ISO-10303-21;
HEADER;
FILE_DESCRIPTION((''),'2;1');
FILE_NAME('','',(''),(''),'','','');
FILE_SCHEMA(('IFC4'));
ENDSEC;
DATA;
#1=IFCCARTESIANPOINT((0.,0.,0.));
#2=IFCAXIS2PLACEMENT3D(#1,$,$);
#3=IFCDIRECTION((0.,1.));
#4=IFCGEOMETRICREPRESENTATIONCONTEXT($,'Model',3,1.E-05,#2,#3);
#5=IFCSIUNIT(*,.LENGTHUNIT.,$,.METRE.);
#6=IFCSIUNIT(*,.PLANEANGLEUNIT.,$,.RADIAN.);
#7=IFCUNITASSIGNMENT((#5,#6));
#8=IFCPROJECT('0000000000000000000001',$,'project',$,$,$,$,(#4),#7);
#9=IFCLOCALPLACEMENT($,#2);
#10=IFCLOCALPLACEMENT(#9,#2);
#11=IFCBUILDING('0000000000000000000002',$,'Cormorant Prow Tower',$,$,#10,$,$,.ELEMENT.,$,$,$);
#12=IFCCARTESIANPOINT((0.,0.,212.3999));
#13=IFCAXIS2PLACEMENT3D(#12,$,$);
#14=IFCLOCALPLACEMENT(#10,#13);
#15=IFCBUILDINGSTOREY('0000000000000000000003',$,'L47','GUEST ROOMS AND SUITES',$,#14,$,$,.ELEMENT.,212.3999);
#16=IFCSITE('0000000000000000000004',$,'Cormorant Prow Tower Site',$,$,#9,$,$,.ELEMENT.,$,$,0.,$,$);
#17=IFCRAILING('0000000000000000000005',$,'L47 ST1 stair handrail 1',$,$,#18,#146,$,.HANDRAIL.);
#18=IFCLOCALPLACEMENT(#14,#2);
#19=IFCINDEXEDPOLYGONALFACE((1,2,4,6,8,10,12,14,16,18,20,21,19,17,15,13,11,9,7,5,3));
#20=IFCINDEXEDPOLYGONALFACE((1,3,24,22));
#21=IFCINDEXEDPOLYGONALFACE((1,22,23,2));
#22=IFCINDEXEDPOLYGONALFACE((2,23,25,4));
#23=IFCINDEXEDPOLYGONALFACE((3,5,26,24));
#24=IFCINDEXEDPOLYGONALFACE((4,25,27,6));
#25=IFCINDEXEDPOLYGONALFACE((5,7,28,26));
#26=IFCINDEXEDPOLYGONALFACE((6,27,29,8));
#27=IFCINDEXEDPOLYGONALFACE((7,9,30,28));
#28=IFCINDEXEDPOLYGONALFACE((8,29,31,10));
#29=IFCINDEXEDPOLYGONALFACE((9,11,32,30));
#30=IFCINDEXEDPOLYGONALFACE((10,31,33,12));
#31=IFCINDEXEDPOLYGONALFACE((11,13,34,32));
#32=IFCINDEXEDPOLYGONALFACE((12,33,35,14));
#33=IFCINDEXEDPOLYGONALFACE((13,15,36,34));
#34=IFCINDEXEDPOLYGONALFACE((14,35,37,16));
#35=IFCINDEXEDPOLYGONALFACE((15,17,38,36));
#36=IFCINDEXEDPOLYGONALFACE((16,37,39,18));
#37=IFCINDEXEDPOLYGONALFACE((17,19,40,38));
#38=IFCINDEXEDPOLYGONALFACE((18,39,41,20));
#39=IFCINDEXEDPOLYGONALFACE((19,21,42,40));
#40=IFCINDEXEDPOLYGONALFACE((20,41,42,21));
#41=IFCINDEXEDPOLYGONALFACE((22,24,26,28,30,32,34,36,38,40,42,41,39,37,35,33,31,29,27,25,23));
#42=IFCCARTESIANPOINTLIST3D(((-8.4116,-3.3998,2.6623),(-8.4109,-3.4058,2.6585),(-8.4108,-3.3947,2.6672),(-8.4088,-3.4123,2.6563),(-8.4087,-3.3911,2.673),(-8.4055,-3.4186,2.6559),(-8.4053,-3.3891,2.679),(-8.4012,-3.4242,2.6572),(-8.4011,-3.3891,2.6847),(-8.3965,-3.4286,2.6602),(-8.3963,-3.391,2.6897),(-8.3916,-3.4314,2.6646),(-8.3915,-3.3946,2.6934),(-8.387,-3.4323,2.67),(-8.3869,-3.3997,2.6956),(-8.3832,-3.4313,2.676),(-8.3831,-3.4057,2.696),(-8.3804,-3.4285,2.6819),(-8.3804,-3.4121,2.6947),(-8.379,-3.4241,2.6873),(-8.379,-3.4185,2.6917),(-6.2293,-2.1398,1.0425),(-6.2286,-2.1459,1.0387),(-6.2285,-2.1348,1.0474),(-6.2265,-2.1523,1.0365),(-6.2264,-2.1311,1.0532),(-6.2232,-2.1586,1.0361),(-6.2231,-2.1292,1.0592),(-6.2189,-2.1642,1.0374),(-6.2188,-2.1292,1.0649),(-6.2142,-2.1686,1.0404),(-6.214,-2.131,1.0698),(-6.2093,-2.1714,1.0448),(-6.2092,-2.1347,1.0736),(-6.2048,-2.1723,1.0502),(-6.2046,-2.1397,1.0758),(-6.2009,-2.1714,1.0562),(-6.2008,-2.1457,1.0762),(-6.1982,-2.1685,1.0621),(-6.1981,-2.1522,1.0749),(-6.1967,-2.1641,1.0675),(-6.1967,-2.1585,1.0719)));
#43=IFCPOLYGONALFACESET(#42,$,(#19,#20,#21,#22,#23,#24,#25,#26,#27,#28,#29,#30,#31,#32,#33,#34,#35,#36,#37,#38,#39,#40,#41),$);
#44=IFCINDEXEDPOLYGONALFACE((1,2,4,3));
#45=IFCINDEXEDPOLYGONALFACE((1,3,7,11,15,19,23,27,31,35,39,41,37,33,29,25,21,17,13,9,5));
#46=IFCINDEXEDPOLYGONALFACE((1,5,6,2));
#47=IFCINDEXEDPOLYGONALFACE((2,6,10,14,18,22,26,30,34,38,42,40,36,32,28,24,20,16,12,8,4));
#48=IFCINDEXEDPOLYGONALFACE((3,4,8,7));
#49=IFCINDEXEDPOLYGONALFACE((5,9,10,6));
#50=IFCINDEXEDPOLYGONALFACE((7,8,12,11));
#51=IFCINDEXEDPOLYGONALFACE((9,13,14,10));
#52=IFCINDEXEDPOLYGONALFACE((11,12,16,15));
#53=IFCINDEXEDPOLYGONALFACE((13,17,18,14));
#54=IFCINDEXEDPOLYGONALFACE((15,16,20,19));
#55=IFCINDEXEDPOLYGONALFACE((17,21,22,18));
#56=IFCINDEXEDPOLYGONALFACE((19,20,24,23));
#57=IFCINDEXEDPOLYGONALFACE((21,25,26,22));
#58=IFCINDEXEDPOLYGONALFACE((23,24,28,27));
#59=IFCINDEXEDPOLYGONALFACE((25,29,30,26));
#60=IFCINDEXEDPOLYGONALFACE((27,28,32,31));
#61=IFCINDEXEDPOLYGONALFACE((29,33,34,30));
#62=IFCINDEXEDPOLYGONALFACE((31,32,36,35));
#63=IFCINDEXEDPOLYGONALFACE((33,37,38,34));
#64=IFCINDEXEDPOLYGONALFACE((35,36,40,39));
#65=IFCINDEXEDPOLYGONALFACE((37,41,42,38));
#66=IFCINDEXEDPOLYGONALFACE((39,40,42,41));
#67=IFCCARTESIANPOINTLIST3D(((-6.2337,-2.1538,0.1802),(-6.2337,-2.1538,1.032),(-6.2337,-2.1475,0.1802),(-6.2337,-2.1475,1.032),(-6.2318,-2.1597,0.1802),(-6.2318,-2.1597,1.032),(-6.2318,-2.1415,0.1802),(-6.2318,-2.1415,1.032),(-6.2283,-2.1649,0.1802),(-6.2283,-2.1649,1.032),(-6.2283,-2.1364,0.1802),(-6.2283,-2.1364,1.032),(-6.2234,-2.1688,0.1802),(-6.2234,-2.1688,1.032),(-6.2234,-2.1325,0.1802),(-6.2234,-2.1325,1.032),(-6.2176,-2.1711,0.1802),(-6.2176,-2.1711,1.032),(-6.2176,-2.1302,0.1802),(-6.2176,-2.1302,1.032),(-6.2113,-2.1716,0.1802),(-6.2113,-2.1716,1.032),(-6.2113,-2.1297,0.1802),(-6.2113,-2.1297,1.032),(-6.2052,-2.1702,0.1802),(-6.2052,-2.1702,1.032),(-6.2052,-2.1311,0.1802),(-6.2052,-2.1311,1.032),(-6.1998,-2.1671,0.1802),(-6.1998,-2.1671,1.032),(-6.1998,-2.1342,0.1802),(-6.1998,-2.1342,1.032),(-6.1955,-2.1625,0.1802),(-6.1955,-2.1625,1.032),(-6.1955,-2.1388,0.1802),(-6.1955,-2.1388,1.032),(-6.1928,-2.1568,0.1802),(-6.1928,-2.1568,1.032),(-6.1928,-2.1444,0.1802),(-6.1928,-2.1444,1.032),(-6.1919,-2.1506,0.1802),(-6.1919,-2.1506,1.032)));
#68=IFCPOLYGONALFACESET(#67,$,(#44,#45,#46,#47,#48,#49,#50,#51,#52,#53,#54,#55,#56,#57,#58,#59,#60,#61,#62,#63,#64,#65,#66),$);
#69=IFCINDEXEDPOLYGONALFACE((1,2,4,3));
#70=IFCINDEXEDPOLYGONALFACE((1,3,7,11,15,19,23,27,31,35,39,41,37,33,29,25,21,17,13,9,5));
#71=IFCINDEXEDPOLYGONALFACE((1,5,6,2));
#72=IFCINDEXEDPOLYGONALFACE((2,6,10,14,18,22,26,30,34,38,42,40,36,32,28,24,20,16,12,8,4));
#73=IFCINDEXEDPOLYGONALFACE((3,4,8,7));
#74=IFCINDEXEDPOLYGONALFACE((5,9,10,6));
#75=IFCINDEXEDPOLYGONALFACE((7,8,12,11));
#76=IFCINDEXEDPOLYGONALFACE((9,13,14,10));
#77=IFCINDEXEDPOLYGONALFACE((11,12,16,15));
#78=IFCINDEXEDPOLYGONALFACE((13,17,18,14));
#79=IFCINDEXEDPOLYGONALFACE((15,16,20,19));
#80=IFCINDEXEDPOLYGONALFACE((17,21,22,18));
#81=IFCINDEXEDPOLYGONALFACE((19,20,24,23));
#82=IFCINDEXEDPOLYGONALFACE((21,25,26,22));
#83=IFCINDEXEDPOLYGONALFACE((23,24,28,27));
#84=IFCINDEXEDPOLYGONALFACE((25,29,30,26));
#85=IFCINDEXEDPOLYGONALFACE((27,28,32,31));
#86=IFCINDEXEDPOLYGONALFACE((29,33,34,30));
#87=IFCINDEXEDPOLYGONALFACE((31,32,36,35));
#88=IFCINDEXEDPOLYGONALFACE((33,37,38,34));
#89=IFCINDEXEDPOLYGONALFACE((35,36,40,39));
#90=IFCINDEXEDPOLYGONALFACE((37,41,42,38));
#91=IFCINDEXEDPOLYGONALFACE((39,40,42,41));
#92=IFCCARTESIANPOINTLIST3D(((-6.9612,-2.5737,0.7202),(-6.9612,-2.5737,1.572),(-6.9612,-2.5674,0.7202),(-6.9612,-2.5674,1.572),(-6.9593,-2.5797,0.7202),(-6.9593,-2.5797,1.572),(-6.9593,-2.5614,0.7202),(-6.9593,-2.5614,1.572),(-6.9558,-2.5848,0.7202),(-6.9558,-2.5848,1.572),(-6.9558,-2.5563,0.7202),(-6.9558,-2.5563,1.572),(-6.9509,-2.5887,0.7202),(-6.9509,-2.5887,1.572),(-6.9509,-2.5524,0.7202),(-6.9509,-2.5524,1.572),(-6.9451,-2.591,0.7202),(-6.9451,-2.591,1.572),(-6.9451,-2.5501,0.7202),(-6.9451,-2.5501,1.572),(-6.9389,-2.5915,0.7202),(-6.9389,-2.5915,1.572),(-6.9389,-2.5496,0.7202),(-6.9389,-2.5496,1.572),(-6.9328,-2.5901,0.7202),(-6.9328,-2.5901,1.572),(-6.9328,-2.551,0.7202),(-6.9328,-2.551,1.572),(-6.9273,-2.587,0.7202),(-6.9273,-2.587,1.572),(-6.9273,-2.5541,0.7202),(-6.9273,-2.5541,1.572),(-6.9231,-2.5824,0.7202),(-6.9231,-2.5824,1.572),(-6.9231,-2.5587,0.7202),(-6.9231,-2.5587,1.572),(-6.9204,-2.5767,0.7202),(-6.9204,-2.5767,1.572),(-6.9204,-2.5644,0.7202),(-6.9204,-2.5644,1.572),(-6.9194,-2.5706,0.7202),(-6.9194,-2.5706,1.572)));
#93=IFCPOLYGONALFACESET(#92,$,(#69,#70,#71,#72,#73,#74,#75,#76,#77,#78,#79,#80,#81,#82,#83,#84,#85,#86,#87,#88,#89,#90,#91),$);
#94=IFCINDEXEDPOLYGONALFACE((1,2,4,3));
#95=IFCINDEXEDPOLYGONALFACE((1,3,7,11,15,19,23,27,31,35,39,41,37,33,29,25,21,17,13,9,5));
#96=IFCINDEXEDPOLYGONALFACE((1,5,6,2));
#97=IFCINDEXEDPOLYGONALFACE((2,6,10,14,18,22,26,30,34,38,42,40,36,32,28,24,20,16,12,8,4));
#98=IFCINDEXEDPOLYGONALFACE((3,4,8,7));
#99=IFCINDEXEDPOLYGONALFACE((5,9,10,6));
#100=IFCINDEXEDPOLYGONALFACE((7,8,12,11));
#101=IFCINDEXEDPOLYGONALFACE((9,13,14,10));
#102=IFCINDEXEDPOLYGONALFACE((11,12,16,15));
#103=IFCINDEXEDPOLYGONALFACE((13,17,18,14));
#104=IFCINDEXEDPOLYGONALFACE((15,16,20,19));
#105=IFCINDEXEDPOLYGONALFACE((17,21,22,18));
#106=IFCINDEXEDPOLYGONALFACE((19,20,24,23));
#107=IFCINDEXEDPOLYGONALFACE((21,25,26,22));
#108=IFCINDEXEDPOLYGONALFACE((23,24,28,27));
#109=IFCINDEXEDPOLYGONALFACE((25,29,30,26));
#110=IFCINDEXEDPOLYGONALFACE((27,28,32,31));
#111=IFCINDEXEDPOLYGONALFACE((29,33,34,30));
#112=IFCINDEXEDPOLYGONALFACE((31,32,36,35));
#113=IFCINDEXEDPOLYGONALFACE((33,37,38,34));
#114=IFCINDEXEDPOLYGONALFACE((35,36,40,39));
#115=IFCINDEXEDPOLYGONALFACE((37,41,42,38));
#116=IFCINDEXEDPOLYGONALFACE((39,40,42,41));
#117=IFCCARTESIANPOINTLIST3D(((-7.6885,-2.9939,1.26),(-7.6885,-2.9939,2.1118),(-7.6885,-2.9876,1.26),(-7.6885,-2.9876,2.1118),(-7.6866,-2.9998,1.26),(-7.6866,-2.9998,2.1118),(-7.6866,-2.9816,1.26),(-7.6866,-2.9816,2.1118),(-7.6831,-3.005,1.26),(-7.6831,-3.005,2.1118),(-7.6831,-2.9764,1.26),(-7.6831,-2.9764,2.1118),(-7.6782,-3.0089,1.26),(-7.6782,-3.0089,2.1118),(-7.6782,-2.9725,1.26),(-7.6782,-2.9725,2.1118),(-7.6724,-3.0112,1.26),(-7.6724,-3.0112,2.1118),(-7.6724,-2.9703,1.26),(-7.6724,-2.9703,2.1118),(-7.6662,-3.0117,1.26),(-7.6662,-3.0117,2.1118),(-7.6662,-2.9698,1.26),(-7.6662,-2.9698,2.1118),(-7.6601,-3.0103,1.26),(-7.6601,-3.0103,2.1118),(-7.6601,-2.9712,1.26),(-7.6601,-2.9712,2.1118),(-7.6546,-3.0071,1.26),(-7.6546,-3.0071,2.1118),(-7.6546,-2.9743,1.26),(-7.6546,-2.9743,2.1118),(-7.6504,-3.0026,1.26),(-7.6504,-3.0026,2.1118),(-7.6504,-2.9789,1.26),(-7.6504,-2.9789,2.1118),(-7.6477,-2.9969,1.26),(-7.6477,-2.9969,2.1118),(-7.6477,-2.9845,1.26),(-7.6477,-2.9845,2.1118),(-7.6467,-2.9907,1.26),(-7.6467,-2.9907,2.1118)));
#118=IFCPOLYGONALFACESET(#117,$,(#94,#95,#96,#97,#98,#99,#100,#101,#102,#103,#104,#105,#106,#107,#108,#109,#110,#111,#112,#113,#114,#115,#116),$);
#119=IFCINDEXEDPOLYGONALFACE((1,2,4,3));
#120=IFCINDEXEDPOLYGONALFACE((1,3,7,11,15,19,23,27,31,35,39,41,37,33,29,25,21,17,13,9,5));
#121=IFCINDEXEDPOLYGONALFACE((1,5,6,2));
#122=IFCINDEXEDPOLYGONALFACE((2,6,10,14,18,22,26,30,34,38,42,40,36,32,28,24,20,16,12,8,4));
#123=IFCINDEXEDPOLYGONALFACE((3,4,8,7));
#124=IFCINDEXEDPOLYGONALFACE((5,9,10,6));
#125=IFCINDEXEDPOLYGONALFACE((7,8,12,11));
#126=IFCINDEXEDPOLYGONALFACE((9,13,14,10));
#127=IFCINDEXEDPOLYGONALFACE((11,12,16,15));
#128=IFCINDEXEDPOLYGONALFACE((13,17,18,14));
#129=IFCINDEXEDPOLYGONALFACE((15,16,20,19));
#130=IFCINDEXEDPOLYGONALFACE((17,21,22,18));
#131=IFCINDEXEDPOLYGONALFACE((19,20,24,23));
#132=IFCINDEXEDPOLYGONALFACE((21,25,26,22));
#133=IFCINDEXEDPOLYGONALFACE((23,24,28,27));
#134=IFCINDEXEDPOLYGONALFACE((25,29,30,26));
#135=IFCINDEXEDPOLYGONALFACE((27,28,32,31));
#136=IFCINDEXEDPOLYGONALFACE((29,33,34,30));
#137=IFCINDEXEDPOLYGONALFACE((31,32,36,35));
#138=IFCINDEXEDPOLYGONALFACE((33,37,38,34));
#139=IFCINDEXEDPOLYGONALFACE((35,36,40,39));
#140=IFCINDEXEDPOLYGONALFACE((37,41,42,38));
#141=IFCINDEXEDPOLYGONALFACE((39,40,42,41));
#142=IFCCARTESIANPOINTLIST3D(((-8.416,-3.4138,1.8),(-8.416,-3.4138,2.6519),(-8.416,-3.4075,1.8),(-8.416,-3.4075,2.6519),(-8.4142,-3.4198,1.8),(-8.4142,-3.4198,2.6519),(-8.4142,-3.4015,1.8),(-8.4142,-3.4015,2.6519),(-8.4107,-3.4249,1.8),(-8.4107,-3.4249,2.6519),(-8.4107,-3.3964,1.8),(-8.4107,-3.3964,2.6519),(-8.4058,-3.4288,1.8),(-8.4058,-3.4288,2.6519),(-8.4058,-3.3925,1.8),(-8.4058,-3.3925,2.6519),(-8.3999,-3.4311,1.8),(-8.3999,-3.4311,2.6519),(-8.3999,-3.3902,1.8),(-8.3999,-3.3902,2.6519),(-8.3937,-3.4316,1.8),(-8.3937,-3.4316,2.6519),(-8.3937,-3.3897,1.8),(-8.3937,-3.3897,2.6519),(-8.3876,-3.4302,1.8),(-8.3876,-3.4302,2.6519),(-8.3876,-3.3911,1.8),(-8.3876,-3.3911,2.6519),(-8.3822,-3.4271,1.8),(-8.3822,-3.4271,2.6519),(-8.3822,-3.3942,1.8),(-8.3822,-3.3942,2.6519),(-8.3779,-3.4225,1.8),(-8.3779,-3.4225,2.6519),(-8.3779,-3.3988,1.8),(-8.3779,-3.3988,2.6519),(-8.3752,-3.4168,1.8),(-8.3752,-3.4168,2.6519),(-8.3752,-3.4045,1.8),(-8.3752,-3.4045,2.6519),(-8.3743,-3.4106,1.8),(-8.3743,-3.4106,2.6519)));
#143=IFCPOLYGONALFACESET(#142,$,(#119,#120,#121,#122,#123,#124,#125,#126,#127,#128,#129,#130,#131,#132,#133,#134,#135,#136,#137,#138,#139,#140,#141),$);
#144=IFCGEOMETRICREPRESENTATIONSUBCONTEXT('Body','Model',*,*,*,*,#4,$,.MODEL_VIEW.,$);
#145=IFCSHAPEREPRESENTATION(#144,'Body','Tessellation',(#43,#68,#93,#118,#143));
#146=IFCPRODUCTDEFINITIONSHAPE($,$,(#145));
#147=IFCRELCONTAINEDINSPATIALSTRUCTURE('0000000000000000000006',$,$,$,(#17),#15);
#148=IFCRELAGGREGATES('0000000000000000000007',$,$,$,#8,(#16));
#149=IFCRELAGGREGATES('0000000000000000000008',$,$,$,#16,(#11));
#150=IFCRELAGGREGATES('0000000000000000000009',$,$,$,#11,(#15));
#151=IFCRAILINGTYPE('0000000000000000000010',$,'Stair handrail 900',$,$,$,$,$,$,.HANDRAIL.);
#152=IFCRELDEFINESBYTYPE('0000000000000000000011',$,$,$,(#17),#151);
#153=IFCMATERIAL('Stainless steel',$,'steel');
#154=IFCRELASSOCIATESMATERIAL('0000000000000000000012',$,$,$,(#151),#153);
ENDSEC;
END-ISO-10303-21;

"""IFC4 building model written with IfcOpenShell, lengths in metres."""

from ifc_helpers import new_model, si_unit, direction, frame, origin, origin_2d, place, context, subcontext, project, spatial, circle, extrude, material, type_object, element, save


model = new_model("IFC4")

# Units and contexts
model_context = context("Model", 3, precision=1e-05, world=origin(), true_north=direction((0.0, 1.0)))
body_context = subcontext(model_context, "Body", "Model", "MODEL_VIEW")
ifc_project = project(units=[si_unit("LENGTHUNIT", "METRE"), si_unit("PLANEANGLEUNIT", "RADIAN")], contexts=[model_context])

# Site, building, storey
site_placement = place(None, origin())
site = spatial("IfcSite", under=ifc_project, at=site_placement, Name="Cormorant Prow Tower Site", CompositionType="ELEMENT", RefElevation=0.0)
building_placement = place(site_placement, origin())
building = spatial("IfcBuilding", under=site, at=building_placement, Name="Cormorant Prow Tower", CompositionType="ELEMENT")
storey_placement = place(building_placement, frame((0.0, 0.0, 212.3999)))
storey = spatial("IfcBuildingStorey", under=building, at=storey_placement, Name="L47", Description="GUEST ROOMS AND SUITES", CompositionType="ELEMENT", Elevation=212.3999)

# Railing
ifc_material_1 = material(Name="Stainless steel", Category="steel")
railing_type_1 = type_object("IfcRailingType", Name="Stair handrail 900", PredefinedType="HANDRAIL", material=ifc_material_1)
railing_1_placement = place(storey_placement, frame((-6.2129, -2.1506, 0.1802)))
element("IfcRailing", 1, at=railing_1_placement, inside=storey, type_object=railing_type_1, Name="L47 ST1 stair handrail 1", PredefinedType="HANDRAIL", context=body_context, shape_type="SweptSolid", body=[
    extrude(circle(Radius=0.0239, at=origin_2d()), frame((0.0, 0.0, 0.876), z_axis=(-0.728496, -0.420603, 0.540728), x_axis=(0.500005, -0.866023, 0.0)), (0.0, 0.0, 1.0), 2.9956),
    extrude(circle(Radius=0.021, at=origin_2d()), origin(), (0.0, 0.0, 1.0), 0.8518),
    extrude(circle(Radius=0.021, at=origin_2d()), frame((-0.7275, -0.4199, 0.54)), (0.0, 0.0, 1.0), 0.8518),
    extrude(circle(Radius=0.021, at=origin_2d()), frame((-1.4548, -0.8401, 1.0798)), (0.0, 0.0, 1.0), 0.8518),
    extrude(circle(Radius=0.021, at=origin_2d()), frame((-2.1824, -1.26, 1.6199)), (0.0, 0.0, 1.0), 0.8518),
])

save(model, "model.ifc")
